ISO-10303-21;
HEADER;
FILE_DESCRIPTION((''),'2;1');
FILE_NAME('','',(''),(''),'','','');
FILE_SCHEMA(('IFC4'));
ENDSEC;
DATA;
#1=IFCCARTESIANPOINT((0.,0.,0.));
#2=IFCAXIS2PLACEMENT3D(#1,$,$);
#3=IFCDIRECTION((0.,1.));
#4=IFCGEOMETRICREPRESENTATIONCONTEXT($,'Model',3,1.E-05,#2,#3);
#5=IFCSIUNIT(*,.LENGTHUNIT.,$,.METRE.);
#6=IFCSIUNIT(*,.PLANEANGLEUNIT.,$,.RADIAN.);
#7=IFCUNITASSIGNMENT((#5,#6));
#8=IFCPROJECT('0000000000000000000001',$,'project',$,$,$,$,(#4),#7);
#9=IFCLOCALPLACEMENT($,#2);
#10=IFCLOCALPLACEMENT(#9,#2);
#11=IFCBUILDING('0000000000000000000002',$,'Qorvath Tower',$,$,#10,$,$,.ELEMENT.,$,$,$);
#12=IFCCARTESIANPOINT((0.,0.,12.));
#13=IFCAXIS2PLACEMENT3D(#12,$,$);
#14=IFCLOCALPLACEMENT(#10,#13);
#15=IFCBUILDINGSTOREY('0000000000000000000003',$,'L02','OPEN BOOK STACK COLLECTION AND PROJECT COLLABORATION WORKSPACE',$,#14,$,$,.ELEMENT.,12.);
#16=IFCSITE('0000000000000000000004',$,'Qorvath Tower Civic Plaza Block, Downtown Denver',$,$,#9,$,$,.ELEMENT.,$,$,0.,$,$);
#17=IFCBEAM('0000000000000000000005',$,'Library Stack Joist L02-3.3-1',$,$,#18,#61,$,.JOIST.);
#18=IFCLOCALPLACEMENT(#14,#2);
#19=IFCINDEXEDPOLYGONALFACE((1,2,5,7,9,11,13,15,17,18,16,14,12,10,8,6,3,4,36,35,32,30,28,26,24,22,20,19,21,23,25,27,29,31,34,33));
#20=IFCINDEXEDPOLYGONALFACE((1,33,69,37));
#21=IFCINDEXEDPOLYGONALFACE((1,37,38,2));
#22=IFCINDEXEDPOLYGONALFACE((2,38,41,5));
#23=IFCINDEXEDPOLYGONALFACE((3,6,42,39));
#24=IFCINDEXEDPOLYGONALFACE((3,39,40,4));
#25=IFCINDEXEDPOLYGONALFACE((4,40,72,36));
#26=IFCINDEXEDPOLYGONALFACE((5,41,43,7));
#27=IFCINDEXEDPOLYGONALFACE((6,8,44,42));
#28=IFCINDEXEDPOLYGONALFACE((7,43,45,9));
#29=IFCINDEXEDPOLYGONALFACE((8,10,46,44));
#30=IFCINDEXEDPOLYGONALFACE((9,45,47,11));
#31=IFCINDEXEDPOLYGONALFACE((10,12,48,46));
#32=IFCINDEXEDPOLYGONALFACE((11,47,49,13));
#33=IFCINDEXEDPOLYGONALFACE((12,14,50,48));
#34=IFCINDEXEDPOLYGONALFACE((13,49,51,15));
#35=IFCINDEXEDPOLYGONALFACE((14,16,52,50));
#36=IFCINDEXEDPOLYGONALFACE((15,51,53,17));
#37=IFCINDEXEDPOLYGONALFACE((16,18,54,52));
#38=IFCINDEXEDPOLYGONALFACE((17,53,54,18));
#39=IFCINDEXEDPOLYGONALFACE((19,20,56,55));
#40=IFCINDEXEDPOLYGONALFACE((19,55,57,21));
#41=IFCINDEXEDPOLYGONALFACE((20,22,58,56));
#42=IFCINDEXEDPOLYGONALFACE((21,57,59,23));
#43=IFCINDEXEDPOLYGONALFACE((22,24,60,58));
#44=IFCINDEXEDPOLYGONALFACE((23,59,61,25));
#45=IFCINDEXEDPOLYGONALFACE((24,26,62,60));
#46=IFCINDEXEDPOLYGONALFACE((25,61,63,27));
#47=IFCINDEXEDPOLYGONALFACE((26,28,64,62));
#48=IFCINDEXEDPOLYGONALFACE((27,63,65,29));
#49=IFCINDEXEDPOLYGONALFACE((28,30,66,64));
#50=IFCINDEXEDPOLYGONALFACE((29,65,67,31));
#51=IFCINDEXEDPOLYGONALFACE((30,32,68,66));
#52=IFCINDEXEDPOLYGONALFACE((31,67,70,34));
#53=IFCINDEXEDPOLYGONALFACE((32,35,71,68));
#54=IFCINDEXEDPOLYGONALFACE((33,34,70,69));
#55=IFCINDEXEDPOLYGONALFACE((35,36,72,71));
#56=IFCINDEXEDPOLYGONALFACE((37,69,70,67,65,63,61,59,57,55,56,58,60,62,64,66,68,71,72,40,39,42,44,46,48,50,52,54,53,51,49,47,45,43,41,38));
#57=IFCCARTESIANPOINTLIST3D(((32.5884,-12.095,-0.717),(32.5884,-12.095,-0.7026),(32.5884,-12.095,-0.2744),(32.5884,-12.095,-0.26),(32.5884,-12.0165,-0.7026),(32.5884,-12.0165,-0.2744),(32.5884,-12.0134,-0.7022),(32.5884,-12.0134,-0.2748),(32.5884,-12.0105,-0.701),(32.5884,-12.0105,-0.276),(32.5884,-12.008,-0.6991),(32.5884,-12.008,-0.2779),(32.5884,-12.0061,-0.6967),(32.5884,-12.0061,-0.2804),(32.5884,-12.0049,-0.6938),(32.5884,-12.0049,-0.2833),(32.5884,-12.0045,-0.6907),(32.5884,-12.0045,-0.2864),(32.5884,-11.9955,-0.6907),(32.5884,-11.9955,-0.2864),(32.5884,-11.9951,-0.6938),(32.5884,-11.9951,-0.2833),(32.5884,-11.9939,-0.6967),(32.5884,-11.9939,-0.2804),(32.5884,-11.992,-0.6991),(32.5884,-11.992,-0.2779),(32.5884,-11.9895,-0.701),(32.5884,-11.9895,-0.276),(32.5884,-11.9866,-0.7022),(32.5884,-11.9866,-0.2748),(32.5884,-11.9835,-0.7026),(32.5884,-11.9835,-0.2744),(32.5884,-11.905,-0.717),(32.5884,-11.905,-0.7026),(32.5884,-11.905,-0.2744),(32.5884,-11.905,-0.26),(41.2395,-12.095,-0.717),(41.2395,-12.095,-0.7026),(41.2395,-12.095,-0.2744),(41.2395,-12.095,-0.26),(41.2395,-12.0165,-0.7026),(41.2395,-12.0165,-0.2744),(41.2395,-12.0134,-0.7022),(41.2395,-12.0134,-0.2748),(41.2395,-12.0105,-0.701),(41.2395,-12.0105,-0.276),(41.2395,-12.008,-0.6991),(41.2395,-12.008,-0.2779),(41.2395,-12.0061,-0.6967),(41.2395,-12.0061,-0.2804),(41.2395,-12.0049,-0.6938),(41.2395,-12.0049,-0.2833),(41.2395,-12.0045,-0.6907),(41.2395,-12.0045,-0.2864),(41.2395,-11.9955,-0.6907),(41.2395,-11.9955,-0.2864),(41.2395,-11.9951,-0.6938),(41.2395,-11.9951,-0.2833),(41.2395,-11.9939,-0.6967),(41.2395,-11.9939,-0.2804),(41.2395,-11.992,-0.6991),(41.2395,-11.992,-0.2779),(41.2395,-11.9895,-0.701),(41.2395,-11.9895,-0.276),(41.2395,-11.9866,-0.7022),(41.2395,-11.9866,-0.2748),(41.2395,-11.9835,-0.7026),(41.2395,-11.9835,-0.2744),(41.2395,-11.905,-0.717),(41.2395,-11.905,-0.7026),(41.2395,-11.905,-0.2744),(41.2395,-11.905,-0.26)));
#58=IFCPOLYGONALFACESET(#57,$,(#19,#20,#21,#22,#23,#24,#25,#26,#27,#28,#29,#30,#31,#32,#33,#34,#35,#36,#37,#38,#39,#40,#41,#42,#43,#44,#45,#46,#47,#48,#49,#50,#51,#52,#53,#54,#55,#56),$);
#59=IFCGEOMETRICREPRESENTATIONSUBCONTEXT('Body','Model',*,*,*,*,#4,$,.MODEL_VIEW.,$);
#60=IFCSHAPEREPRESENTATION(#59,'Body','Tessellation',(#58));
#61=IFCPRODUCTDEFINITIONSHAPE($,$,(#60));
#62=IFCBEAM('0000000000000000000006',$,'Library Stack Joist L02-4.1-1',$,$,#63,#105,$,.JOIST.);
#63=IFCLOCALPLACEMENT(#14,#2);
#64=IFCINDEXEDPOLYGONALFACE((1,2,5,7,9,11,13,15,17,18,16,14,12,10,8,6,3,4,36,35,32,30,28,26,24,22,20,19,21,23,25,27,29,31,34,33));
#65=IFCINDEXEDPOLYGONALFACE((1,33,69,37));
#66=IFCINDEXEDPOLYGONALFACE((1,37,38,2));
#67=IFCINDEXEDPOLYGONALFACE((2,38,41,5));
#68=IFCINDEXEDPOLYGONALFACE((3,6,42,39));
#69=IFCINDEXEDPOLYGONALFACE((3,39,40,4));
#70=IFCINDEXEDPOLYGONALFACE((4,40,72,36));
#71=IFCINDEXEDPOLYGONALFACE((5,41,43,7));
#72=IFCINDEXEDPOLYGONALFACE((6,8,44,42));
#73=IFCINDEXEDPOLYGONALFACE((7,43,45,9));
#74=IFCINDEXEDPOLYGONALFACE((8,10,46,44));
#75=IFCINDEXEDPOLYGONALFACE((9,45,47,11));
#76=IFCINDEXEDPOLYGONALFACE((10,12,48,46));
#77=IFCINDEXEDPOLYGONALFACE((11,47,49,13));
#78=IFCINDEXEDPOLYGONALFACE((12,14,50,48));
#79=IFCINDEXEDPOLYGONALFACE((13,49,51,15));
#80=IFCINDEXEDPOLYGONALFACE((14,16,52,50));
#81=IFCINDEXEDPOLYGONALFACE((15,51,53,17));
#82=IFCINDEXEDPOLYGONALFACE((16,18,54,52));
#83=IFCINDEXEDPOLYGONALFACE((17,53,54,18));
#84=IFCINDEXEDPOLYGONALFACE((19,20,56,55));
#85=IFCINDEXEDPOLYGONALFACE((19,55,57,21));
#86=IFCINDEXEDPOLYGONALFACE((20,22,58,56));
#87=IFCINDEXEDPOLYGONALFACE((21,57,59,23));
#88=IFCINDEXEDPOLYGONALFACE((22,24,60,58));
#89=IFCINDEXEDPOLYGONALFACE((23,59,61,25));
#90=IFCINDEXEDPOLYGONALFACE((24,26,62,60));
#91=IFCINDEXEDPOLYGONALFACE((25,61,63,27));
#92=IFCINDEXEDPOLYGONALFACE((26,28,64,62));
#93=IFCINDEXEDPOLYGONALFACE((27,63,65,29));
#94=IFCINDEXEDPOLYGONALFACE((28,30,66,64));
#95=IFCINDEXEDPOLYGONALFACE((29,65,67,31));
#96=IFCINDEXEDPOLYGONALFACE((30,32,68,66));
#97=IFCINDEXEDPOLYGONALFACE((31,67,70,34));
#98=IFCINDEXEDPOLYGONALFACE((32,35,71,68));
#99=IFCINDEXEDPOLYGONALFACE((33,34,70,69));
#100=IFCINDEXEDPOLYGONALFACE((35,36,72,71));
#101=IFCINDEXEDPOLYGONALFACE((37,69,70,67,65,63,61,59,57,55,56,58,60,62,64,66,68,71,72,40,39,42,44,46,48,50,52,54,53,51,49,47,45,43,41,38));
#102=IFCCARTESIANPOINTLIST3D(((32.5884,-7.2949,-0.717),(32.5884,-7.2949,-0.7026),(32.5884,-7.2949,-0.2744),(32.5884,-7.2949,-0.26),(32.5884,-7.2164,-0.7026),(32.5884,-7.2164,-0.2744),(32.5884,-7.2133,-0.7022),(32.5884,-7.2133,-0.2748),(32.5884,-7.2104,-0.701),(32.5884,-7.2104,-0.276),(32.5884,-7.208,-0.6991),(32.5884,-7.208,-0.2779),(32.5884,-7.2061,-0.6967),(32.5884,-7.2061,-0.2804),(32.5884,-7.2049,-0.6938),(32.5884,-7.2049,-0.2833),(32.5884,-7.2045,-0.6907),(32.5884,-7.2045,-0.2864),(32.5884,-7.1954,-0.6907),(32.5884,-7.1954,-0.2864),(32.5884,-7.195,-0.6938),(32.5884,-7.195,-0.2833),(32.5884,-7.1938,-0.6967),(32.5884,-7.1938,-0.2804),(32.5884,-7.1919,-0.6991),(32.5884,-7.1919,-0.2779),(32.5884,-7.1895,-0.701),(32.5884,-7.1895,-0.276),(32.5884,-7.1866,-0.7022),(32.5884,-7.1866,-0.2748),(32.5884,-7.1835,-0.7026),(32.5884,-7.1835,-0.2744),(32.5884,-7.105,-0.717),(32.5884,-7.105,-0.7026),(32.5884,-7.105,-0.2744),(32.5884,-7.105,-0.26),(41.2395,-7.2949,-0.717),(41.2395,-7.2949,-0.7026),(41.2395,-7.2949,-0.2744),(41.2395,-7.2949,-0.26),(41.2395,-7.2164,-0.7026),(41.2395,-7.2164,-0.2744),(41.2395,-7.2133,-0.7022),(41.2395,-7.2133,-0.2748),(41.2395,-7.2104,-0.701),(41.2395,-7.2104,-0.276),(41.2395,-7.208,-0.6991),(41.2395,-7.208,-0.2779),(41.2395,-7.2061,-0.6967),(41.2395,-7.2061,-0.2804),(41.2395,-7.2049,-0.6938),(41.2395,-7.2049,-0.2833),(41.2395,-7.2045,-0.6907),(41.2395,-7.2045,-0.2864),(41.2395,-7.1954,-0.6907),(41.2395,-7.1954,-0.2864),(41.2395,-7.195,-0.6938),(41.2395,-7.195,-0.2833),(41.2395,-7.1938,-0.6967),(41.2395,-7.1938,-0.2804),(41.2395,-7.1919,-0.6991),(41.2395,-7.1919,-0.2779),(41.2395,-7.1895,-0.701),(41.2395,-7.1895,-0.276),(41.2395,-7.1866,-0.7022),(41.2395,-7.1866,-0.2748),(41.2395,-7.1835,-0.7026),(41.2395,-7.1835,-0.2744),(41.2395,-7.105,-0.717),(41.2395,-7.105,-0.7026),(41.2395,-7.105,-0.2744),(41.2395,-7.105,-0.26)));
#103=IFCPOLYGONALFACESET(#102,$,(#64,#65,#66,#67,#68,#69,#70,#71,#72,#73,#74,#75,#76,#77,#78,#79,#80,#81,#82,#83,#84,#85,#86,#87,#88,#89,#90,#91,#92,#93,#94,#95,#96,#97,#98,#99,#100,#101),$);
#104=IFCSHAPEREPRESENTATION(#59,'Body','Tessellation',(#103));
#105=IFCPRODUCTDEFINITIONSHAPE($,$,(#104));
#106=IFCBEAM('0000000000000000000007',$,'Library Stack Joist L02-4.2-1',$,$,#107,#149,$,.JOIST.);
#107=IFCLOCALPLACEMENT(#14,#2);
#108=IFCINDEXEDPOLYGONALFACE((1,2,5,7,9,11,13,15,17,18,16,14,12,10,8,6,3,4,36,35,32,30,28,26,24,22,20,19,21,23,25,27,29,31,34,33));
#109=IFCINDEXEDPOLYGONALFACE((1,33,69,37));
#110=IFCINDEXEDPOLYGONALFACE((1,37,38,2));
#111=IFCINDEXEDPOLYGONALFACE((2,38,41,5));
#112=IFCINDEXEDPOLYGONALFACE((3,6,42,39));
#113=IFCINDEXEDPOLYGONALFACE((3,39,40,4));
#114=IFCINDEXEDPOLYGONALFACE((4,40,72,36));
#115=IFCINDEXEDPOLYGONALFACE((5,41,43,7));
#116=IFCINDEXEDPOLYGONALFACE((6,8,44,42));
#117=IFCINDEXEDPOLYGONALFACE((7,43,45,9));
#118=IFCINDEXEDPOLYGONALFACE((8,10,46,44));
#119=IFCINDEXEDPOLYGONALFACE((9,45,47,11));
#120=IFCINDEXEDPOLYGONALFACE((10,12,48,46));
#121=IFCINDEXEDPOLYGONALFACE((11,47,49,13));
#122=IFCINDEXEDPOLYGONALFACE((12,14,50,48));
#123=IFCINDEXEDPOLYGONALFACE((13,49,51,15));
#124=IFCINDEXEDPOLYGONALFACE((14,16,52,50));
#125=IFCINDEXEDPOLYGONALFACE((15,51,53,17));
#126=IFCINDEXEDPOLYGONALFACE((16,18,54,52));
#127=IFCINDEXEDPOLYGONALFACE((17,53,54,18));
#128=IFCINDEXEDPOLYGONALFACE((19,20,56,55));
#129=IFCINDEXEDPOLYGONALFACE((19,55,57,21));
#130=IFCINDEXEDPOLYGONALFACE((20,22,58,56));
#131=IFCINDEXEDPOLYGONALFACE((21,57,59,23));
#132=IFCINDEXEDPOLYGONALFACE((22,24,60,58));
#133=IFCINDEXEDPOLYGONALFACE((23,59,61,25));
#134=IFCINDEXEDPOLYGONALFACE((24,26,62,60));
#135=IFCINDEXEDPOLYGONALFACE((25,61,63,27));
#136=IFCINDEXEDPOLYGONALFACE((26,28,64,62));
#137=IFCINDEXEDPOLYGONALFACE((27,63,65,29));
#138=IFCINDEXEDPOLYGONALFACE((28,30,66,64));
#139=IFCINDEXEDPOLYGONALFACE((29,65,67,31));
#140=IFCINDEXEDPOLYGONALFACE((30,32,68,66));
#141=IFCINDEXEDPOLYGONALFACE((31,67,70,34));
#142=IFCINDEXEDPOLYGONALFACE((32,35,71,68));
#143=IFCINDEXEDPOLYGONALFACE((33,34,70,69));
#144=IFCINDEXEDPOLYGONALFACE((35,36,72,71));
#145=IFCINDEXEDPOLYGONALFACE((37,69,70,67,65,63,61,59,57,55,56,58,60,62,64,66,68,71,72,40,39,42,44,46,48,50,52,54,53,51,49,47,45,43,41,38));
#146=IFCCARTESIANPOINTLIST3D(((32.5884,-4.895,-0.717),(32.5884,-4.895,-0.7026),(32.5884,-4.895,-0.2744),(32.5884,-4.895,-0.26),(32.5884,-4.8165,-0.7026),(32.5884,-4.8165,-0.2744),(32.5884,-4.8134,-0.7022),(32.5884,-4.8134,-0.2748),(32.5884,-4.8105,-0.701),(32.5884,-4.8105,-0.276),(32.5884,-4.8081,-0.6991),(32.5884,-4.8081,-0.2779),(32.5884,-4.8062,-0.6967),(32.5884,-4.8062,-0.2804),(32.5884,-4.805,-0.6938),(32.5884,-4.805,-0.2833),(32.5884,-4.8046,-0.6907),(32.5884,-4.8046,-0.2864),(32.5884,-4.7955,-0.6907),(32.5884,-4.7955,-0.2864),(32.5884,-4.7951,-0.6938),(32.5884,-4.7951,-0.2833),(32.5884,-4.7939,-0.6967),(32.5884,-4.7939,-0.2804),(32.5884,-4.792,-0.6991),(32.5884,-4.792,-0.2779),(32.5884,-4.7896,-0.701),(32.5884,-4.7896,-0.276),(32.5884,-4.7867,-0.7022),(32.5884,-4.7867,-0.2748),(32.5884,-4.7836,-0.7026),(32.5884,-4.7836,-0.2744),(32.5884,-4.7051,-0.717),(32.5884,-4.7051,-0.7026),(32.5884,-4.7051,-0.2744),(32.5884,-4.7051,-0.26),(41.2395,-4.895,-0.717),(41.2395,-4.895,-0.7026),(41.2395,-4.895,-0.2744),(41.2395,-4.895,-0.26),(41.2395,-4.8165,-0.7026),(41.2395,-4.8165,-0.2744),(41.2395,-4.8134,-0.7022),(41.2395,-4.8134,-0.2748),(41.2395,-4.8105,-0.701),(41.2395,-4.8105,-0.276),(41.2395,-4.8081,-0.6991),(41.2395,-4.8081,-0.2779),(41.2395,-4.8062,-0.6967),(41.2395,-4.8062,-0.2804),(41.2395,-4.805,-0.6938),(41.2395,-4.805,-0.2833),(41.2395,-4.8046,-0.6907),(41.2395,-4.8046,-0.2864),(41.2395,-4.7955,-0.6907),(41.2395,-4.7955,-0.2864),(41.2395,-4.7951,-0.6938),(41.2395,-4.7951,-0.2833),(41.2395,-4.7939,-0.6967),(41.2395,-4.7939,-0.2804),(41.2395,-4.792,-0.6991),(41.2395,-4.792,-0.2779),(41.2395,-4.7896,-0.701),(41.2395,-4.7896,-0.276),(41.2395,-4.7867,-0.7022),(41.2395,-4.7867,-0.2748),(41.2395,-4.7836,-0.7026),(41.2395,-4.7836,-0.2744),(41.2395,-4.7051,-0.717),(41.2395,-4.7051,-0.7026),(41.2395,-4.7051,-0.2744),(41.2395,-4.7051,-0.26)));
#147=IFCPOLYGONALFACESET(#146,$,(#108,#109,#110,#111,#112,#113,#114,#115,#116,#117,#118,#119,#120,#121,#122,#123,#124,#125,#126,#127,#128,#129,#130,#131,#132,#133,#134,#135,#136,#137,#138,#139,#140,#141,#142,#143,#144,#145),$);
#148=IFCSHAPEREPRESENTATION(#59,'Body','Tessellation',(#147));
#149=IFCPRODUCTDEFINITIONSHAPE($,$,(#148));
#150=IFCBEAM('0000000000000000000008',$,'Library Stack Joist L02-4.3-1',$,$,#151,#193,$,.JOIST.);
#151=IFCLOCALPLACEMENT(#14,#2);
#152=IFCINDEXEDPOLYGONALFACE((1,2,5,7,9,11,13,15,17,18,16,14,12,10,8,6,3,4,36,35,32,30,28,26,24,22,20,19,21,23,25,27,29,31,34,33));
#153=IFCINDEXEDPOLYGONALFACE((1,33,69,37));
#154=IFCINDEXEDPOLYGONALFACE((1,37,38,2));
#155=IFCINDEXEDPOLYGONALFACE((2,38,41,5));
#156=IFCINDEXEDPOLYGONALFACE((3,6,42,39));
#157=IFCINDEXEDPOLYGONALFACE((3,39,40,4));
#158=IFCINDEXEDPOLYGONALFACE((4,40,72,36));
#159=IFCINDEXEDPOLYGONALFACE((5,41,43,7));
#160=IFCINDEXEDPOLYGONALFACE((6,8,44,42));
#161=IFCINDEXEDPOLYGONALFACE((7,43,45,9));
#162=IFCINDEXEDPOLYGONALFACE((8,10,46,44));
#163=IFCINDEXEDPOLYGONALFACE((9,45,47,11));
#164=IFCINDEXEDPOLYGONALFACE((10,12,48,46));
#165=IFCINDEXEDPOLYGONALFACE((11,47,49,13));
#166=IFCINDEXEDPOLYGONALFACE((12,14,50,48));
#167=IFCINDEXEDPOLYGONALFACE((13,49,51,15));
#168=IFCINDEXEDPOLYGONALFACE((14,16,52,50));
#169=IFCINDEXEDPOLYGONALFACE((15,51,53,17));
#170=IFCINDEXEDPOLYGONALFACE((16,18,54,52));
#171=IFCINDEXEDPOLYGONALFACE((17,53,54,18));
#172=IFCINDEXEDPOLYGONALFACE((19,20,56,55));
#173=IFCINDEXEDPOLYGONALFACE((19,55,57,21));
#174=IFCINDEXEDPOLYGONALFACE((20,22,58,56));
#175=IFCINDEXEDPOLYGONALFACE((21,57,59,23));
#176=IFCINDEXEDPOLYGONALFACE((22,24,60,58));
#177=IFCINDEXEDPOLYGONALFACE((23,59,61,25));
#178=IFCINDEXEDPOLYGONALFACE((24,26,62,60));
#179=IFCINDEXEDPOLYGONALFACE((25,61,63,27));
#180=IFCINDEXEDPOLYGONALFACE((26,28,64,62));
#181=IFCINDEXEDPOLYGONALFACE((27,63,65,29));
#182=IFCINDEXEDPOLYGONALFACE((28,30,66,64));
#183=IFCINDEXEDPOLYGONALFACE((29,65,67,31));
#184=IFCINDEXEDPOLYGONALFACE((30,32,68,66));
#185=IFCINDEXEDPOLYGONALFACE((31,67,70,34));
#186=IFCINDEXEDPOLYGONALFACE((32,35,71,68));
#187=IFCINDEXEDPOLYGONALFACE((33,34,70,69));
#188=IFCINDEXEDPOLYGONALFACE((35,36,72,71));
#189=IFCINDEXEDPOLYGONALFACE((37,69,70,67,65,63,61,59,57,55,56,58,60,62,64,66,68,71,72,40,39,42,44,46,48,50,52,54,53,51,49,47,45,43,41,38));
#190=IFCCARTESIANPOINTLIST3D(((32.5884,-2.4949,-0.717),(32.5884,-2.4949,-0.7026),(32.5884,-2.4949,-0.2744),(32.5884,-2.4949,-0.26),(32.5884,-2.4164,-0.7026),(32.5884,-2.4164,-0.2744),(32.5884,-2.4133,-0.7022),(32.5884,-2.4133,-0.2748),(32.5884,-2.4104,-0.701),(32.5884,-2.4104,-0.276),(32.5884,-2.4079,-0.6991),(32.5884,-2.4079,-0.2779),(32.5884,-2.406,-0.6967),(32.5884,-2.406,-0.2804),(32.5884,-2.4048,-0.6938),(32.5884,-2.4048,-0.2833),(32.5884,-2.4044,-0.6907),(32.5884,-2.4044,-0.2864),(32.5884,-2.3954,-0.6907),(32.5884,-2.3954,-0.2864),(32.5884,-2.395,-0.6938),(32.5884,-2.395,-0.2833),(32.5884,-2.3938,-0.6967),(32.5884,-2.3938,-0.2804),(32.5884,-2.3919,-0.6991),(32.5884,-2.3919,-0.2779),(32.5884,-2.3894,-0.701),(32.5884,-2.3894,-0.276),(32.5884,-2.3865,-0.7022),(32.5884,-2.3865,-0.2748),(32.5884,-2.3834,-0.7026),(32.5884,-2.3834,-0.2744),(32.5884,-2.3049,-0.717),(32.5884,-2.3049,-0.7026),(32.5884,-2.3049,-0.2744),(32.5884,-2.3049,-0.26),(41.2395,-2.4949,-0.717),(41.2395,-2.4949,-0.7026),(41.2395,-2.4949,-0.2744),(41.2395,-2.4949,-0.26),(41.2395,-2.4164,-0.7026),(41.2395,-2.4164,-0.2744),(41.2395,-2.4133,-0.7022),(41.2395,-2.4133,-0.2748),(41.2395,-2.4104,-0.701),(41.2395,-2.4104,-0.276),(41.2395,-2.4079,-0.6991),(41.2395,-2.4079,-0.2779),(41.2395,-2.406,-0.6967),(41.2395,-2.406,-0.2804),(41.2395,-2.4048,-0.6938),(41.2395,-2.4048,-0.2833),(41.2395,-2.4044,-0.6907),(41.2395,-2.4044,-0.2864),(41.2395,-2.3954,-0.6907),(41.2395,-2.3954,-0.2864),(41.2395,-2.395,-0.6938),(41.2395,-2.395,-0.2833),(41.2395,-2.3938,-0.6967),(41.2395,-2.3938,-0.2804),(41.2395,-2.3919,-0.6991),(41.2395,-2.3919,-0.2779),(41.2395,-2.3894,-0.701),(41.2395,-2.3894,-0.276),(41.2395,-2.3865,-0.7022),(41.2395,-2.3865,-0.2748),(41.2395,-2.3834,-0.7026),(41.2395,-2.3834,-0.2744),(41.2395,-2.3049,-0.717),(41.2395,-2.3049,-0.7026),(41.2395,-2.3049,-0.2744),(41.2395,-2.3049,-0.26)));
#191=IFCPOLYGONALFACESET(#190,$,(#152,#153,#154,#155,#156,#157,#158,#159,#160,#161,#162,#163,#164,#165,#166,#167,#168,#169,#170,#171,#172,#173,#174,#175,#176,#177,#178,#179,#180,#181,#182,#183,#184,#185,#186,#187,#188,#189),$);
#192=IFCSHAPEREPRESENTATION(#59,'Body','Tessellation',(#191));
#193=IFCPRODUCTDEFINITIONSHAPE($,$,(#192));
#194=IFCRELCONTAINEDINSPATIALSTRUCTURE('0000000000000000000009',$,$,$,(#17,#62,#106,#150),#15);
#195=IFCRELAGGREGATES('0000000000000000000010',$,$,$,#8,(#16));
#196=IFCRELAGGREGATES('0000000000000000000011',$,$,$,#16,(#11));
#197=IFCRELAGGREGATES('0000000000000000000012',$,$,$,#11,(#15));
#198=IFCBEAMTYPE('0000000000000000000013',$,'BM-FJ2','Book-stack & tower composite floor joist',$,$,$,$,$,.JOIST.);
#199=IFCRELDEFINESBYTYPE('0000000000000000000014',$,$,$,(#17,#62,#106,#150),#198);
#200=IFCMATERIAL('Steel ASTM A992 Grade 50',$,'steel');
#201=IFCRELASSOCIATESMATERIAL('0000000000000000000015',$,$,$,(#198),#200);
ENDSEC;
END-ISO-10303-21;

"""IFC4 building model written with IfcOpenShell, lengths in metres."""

from ifc_helpers import new_model, si_unit, direction, frame, origin, origin_2d, place, context, subcontext, project, spatial, i_section, extrude, material, material_profile, profile_set, type_object, element, save


model = new_model("IFC4")

# Units and contexts
model_context = context("Model", 3, precision=1e-05, world=origin(), true_north=direction((0.0, 1.0)))
body_context = subcontext(model_context, "Body", "Model", "MODEL_VIEW")
ifc_project = project(units=[si_unit("LENGTHUNIT", "METRE"), si_unit("PLANEANGLEUNIT", "RADIAN")], contexts=[model_context])

# Site, building, storey
site_placement = place(None, origin())
site = spatial("IfcSite", under=ifc_project, at=site_placement, Name="Qorvath Tower Civic Plaza Block, Downtown Denver", CompositionType="ELEMENT", RefElevation=0.0)
building_placement = place(site_placement, origin())
building = spatial("IfcBuilding", under=site, at=building_placement, Name="Qorvath Tower", CompositionType="ELEMENT")
storey_placement = place(building_placement, frame((0.0, 0.0, 12.0)))
storey = spatial("IfcBuildingStorey", under=building, at=storey_placement, Name="L02", Description="OPEN BOOK STACK COLLECTION AND PROJECT COLLABORATION WORKSPACE", CompositionType="ELEMENT", Elevation=12.0)

# Beams
ifc_material_1 = material(Name="Steel ASTM A992 Grade 50", Category="steel")
ifc_material_profile_1 = material_profile(ifc_material_1, i_section(OverallWidth=0.1899, OverallDepth=0.457, WebThickness=0.009, FlangeThickness=0.0144, FilletRadius=0.012, at=origin_2d()), Name="W18x50")
ifc_profile_set_1 = profile_set([ifc_material_profile_1], Name="Steel ASTM A992 Grade 50")
beam_type_1 = type_object("IfcBeamType", Name="BM-FJ2", Description="Book-stack & tower composite floor joist", PredefinedType="JOIST", material=ifc_profile_set_1)
for number, where, z_axis, x_axis, name in (
    (1, (32.5884, -12.0, -0.4885), (1.0, 0.0, 0.0), (0.0, 1.0, 0.0), "Library Stack Joist L02-3.3-1"),
    (2, (32.5884, -7.2, -0.4885), (1.0, 0.0, 0.0), (0.0, 1.0, 0.0), "Library Stack Joist L02-4.1-1"),
    (3, (32.5884, -4.8, -0.4885), (1.0, 0.0, 0.0), (0.0, 1.0, 0.0), "Library Stack Joist L02-4.2-1"),
    (4, (32.5884, -2.3999, -0.4885), (1.0, 0.0, 0.0), (0.0, 1.0, 0.0), "Library Stack Joist L02-4.3-1"),
):
    element("IfcBeam", number, at=place(storey_placement, frame(where, z_axis=z_axis, x_axis=x_axis)), inside=storey, type_object=beam_type_1, Name=name, PredefinedType="JOIST", context=body_context, shape_type="SweptSolid", body=[
        extrude(i_section(OverallWidth=0.1899, OverallDepth=0.457, WebThickness=0.009, FlangeThickness=0.0144, FilletRadius=0.012, at=origin_2d()), origin(), (0.0, 0.0, 1.0), 8.6511),
    ])

save(model, "model.ifc")
